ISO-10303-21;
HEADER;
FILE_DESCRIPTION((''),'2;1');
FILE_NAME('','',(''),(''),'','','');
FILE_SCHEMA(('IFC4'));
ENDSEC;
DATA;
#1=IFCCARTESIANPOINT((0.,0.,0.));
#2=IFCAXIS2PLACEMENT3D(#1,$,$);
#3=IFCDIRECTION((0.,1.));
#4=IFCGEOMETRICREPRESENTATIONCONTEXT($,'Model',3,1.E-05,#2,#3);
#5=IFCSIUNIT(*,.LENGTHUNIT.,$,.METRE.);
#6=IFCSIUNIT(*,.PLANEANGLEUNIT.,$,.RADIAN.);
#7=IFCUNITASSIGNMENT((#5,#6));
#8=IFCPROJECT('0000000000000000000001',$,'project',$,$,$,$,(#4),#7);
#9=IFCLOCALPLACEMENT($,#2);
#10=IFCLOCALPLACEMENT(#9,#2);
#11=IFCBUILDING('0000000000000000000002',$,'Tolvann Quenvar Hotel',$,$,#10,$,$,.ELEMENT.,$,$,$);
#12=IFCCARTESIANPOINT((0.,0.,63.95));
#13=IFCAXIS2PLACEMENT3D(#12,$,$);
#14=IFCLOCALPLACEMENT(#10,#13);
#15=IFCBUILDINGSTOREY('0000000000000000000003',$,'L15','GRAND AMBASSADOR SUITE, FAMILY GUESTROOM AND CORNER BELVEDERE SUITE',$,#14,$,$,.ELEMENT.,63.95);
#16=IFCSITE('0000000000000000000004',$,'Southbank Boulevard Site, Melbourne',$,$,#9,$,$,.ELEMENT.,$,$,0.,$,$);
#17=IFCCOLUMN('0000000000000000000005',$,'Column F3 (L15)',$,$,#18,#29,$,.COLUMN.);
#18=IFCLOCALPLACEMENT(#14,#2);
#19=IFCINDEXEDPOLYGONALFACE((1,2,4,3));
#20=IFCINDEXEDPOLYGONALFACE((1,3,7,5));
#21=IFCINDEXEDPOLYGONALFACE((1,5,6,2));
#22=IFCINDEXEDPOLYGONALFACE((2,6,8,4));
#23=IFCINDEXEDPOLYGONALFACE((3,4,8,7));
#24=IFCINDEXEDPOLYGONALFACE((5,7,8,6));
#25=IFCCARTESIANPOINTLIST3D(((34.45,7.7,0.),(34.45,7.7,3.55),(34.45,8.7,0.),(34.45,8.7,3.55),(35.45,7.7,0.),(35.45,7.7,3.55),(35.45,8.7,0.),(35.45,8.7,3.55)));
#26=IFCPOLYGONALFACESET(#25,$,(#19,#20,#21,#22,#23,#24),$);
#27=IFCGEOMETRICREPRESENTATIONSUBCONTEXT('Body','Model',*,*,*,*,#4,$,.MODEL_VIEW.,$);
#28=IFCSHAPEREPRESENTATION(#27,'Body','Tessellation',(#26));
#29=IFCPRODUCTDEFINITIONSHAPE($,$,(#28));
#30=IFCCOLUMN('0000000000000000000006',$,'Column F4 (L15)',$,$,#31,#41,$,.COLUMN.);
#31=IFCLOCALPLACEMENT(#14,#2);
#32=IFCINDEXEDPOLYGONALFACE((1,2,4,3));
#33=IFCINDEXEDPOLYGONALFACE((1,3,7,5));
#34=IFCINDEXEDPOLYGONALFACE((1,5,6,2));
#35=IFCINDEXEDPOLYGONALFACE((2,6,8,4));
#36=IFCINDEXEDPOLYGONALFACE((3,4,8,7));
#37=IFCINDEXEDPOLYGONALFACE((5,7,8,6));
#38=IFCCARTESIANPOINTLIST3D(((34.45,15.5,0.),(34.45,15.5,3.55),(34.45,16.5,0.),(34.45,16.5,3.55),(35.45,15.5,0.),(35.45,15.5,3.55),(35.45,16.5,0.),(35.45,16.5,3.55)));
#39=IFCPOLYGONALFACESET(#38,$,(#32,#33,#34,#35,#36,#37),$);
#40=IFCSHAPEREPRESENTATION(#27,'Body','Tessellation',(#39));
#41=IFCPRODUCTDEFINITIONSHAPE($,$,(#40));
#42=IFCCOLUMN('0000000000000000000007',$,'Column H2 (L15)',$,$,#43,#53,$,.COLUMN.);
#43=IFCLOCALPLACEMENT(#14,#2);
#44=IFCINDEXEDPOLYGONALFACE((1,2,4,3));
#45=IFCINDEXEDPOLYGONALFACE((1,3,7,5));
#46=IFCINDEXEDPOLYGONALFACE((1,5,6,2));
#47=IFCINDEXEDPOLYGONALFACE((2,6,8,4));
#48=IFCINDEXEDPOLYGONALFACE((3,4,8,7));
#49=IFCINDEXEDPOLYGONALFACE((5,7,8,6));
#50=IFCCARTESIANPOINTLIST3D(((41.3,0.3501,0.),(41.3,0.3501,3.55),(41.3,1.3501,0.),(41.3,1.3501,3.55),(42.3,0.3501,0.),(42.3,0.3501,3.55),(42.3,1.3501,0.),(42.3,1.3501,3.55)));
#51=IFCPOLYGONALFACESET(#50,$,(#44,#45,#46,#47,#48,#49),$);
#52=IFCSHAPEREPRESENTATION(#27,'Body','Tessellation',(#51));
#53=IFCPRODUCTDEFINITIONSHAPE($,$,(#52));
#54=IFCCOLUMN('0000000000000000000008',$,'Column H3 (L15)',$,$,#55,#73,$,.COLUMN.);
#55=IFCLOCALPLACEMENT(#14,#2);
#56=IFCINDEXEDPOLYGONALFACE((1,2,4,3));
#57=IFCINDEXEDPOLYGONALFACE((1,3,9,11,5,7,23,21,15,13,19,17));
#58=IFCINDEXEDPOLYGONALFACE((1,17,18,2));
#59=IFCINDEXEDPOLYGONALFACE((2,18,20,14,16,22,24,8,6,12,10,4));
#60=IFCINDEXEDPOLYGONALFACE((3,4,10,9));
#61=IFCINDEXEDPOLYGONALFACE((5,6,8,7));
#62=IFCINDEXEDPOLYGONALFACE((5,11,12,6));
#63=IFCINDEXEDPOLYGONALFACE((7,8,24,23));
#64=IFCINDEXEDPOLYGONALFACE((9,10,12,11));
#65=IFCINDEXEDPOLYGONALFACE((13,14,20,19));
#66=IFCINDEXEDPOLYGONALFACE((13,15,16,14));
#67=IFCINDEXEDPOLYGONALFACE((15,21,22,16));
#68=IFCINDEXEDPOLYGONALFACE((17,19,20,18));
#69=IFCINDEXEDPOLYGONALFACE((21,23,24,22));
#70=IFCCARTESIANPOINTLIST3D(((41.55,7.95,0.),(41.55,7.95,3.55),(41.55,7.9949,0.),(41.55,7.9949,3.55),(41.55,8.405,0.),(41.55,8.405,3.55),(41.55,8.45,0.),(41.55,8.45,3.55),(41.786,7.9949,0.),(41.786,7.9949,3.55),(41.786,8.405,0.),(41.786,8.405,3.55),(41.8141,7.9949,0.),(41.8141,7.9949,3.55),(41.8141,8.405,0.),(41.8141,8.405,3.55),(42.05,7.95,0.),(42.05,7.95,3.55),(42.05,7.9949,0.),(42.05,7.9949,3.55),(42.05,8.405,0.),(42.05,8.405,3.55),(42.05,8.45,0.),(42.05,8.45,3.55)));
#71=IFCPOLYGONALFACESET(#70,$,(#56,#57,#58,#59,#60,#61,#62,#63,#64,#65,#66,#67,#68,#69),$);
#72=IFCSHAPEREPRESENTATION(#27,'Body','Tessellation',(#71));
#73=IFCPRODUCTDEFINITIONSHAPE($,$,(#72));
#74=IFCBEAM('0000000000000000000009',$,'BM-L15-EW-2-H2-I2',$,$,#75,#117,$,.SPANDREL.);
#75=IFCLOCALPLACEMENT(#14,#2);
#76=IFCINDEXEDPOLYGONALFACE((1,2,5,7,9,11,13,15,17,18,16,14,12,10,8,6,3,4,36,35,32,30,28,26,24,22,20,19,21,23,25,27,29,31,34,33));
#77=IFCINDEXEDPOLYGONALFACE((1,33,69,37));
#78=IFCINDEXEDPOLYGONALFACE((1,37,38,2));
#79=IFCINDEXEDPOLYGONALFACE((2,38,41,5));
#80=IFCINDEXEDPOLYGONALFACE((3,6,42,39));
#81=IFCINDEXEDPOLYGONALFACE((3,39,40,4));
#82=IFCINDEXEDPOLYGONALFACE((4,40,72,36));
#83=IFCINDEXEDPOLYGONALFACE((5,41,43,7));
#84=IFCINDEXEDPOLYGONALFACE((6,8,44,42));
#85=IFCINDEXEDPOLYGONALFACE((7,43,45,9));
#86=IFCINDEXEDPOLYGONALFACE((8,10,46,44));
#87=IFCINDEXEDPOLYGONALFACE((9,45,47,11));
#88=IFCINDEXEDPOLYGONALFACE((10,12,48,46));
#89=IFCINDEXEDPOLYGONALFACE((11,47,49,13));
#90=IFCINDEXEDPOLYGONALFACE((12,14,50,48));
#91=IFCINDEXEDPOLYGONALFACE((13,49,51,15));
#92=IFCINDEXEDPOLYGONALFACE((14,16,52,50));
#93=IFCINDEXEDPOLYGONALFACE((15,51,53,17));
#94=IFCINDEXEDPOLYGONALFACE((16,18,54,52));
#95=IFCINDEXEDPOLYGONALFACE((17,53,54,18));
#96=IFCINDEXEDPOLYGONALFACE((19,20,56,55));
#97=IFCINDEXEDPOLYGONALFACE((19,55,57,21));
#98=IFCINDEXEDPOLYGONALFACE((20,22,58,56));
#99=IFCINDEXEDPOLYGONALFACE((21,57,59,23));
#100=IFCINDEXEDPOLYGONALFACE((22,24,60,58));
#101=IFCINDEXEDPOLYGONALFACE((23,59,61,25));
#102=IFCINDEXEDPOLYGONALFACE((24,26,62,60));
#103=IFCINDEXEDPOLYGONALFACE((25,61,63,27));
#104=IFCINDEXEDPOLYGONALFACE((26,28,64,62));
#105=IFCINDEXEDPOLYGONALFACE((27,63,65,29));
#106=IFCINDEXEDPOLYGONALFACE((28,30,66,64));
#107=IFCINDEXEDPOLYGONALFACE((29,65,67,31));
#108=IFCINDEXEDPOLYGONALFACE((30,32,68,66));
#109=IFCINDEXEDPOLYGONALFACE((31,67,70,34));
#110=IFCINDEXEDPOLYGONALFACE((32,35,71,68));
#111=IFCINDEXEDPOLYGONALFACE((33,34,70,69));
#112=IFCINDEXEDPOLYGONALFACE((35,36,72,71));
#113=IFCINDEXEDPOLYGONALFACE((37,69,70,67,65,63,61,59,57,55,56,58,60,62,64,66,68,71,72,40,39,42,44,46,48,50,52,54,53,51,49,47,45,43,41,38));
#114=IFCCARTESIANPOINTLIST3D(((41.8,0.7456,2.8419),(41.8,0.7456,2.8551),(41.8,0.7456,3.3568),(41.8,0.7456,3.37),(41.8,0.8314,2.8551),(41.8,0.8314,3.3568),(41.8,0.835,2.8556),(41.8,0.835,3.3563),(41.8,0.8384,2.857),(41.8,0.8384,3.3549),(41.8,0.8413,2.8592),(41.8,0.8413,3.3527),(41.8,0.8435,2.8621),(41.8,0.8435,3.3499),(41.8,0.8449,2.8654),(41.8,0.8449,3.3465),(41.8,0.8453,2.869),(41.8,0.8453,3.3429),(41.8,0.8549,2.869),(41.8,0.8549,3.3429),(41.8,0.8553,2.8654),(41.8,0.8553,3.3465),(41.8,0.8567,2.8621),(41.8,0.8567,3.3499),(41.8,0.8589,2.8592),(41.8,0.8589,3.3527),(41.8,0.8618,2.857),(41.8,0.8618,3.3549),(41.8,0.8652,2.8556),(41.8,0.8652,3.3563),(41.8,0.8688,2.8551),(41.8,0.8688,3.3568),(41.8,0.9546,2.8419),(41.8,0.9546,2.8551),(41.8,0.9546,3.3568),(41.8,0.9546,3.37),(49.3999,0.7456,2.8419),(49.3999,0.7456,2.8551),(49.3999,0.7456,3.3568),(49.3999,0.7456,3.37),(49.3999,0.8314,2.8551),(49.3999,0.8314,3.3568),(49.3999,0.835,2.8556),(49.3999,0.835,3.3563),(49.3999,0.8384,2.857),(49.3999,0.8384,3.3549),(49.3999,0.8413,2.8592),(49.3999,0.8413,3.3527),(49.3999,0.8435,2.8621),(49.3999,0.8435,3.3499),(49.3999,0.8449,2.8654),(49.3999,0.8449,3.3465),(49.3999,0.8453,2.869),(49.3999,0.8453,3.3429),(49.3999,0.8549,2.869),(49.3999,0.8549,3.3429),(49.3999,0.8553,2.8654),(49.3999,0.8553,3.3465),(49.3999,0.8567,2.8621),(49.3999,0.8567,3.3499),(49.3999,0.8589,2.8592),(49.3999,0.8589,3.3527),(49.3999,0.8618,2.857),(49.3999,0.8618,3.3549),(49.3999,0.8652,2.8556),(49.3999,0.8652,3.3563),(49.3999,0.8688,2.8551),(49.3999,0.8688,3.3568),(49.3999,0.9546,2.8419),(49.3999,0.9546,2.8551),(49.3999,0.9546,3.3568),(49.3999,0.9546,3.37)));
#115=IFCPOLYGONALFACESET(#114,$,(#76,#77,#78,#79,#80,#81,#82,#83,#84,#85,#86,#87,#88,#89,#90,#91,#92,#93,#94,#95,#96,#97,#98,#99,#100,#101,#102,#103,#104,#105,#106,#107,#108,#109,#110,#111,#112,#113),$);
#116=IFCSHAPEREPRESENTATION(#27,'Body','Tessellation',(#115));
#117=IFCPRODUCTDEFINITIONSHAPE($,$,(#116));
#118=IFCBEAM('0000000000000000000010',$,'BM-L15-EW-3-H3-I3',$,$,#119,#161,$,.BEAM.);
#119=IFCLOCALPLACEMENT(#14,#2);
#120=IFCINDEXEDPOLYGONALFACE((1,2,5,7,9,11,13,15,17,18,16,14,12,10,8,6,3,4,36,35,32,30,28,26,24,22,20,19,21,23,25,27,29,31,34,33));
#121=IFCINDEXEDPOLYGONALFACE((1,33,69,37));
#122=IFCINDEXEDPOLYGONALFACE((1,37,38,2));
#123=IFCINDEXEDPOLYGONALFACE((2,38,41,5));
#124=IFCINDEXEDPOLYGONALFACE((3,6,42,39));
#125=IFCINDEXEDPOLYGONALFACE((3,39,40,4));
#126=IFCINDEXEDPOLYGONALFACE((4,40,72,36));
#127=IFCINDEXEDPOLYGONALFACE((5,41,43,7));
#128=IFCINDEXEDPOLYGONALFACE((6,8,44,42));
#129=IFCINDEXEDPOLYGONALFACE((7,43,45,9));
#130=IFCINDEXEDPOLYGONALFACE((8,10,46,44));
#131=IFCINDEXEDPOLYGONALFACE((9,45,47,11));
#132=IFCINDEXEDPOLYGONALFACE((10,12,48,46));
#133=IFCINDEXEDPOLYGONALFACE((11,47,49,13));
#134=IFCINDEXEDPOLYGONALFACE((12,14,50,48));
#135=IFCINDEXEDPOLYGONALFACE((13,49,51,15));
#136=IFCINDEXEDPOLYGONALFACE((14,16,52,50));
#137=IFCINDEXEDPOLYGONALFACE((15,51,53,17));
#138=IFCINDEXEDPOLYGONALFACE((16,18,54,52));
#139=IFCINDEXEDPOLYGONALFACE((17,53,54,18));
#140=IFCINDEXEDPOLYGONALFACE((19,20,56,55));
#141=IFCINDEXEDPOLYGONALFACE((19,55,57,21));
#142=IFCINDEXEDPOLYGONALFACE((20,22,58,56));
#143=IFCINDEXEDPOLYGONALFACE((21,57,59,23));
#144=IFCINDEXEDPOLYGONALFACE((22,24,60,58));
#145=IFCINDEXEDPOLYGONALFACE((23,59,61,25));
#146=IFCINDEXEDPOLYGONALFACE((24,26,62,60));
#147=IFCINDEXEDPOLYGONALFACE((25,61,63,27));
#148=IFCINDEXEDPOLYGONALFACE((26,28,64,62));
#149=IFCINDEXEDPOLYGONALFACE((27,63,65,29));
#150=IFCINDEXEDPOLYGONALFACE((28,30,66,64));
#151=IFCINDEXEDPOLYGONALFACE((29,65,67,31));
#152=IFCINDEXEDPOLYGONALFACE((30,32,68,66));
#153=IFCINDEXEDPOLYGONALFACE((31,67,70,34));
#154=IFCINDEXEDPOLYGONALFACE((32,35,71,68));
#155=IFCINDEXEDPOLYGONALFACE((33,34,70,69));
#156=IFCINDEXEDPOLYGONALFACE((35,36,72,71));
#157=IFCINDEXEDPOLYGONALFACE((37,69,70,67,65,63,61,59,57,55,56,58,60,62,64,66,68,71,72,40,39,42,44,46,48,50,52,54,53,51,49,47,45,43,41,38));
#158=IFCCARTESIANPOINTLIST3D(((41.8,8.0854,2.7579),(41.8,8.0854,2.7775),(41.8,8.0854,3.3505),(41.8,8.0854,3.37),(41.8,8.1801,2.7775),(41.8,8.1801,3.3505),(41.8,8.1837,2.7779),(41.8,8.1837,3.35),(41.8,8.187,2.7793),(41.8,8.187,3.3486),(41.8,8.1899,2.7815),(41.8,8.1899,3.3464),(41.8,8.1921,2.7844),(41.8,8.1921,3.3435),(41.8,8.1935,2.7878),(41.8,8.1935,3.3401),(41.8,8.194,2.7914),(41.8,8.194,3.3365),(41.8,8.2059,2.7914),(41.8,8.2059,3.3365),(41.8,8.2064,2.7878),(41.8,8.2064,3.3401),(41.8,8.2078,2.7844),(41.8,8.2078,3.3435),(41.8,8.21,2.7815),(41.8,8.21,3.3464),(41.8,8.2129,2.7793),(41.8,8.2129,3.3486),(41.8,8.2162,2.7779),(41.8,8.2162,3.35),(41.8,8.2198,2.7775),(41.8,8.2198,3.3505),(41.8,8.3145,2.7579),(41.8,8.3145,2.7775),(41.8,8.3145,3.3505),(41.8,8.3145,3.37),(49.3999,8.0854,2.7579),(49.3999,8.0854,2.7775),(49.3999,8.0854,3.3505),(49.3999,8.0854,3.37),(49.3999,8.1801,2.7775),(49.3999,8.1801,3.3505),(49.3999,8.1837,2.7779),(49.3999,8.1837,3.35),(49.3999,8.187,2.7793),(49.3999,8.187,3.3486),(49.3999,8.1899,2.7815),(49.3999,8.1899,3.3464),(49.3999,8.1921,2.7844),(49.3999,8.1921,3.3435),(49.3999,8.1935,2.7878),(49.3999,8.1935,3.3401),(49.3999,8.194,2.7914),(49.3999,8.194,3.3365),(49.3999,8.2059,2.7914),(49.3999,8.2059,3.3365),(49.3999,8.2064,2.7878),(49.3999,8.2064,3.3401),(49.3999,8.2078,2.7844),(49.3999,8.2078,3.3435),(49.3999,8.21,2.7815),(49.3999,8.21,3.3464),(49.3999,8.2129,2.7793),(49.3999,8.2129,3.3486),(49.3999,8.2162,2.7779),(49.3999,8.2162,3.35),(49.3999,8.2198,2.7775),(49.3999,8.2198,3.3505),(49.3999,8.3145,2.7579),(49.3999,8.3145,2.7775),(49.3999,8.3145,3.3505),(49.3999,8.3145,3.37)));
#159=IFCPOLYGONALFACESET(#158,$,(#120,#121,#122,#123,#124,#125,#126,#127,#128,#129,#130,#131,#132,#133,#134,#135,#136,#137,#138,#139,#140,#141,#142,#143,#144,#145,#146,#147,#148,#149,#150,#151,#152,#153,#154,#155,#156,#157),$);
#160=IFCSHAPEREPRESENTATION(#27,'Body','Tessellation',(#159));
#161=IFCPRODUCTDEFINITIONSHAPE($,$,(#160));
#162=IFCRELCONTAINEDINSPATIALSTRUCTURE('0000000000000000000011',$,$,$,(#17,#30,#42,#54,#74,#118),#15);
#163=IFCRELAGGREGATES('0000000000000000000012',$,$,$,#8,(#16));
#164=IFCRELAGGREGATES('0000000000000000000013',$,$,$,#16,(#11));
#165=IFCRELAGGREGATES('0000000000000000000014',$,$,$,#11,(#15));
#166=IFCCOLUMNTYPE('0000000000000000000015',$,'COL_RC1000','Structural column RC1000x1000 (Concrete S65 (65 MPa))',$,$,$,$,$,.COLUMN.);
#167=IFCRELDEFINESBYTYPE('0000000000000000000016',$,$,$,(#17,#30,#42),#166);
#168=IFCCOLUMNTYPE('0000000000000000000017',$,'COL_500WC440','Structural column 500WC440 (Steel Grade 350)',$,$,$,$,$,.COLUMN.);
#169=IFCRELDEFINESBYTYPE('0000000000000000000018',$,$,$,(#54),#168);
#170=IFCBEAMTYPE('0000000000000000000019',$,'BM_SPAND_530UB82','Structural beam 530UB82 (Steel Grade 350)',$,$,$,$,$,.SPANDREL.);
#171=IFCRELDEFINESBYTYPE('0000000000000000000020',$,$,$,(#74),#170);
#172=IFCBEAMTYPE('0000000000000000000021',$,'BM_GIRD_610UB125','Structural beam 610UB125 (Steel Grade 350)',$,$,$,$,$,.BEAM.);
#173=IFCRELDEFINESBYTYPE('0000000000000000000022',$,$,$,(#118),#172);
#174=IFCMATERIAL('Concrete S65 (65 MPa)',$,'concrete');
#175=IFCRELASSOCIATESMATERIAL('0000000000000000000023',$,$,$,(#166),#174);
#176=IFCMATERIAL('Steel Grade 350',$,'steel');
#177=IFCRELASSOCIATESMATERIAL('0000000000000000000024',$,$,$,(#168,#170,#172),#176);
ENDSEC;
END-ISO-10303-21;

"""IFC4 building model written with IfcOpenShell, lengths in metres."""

from ifc_helpers import new_model, si_unit, direction, frame, origin, origin_2d, place, context, subcontext, project, spatial, rectangle, i_section, extrude, source, transform, mapped, material, material_profile, profile_set, type_object, type_shapes, element, save


model = new_model("IFC4")

# Units and contexts
model_context = context("Model", 3, precision=1e-05, world=origin(), true_north=direction((0.0, 1.0)))
body_context = subcontext(model_context, "Body", "Model", "MODEL_VIEW")
ifc_project = project(units=[si_unit("LENGTHUNIT", "METRE"), si_unit("PLANEANGLEUNIT", "RADIAN")], contexts=[model_context])

# Site, building, storey
site_placement = place(None, origin())
site = spatial("IfcSite", under=ifc_project, at=site_placement, Name="Southbank Boulevard Site, Melbourne", CompositionType="ELEMENT", RefElevation=0.0)
building_placement = place(site_placement, origin())
building = spatial("IfcBuilding", under=site, at=building_placement, Name="Tolvann Quenvar Hotel", CompositionType="ELEMENT")
storey_placement = place(building_placement, frame((0.0, 0.0, 63.95)))
storey = spatial("IfcBuildingStorey", under=building, at=storey_placement, Name="L15", Description="GRAND AMBASSADOR SUITE, FAMILY GUESTROOM AND CORNER BELVEDERE SUITE", CompositionType="ELEMENT", Elevation=63.95)

# Columns
ifc_material_1 = material(Name="Concrete S65 (65 MPa)", Category="concrete")
ifc_material_profile_1 = material_profile(ifc_material_1, rectangle(XDim=1.0, YDim=1.0, at=origin_2d()), Name="RC1000x1000")
ifc_profile_set_1 = profile_set([ifc_material_profile_1], Name="Concrete S65 (65 MPa)")
column_type_1 = type_object("IfcColumnType", Name="COL_RC1000", Description="Structural column RC1000x1000 (Concrete S65 (65 MPa))", PredefinedType="COLUMN", material=ifc_profile_set_1)
shared_shape_1 = source(origin(), body_context, "Body", "SweptSolid", [
    extrude(rectangle(XDim=1.0, YDim=1.0, at=origin_2d()), origin(), (0.0, 0.0, 1.0), 3.55),
])
type_shapes(column_type_1, [shared_shape_1])
for number, where, z_axis, x_axis, name in (
    (1, (34.95, 8.2, 0.0), (0.0, 0.0, 1.0), (1.0, 0.0, 0.0), "Column F3 (L15)"),
    (2, (34.95, 16.0, 0.0), (0.0, 0.0, 1.0), (1.0, 0.0, 0.0), "Column F4 (L15)"),
    (3, (41.8, 0.8501, 0.0), (0.0, 0.0, 1.0), (1.0, 0.0, 0.0), "Column H2 (L15)"),
):
    element("IfcColumn", number, at=place(storey_placement, frame(where, z_axis=z_axis, x_axis=x_axis)), inside=storey, type_object=column_type_1, Name=name, PredefinedType="COLUMN", context=body_context, shape_type="MappedRepresentation", body=[
        mapped(shared_shape_1, transform((0.0, 0.0, 0.0), x_axis=(1.0, 0.0, 0.0), y_axis=(0.0, 1.0, 0.0), z_axis=(0.0, 0.0, 1.0), scale=1.0)),
    ])
ifc_material_2 = material(Name="Steel Grade 350", Category="steel")
ifc_material_profile_2 = material_profile(ifc_material_2, i_section(OverallWidth=0.5, OverallDepth=0.5, WebThickness=0.0281, FlangeThickness=0.0449, at=origin_2d()), Name="500WC440")
ifc_profile_set_2 = profile_set([ifc_material_profile_2], Name="Steel Grade 350")
column_type_2 = type_object("IfcColumnType", Name="COL_500WC440", Description="Structural column 500WC440 (Steel Grade 350)", PredefinedType="COLUMN", material=ifc_profile_set_2)
shared_shape_2 = source(origin(), body_context, "Body", "SweptSolid", [
    extrude(i_section(OverallWidth=0.5, OverallDepth=0.5, WebThickness=0.0281, FlangeThickness=0.0449, at=origin_2d()), origin(), (0.0, 0.0, 1.0), 3.55),
])
type_shapes(column_type_2, [shared_shape_2])
column_placement = place(storey_placement, frame((41.8, 8.2, 0.0), z_axis=(0.0, 0.0, 1.0), x_axis=(1.0, 0.0, 0.0)))
element("IfcColumn", 4, at=column_placement, inside=storey, type_object=column_type_2, Name="Column H3 (L15)", PredefinedType="COLUMN", context=body_context, shape_type="MappedRepresentation", body=[
    mapped(shared_shape_2, transform((0.0, 0.0, 0.0), x_axis=(1.0, 0.0, 0.0), y_axis=(0.0, 1.0, 0.0), z_axis=(0.0, 0.0, 1.0), scale=1.0)),
])

# Beams
ifc_material_profile_3 = material_profile(ifc_material_2, i_section(OverallWidth=0.209, OverallDepth=0.5281, WebThickness=0.0095, FlangeThickness=0.0132, FilletRadius=0.0139, at=origin_2d()), Name="530UB82")
ifc_profile_set_3 = profile_set([ifc_material_profile_3], Name="Steel Grade 350")
beam_type_1 = type_object("IfcBeamType", Name="BM_SPAND_530UB82", Description="Structural beam 530UB82 (Steel Grade 350)", PredefinedType="SPANDREL", material=ifc_profile_set_3)
shared_shape_3 = source(origin(), body_context, "Body", "SweptSolid", [
    extrude(i_section(OverallWidth=0.209, OverallDepth=0.5281, WebThickness=0.0095, FlangeThickness=0.0132, FilletRadius=0.0139, at=origin_2d()), origin(), (0.0, 0.0, 1.0), 7.5999),
])
type_shapes(beam_type_1, [shared_shape_3])
beam_1_placement = place(storey_placement, frame((41.8, 0.8501, 3.106), z_axis=(1.0, 0.0, 0.0), x_axis=(0.0, 1.0, 0.0)))
element("IfcBeam", 5, at=beam_1_placement, inside=storey, type_object=beam_type_1, Name="BM-L15-EW-2-H2-I2", PredefinedType="SPANDREL", context=body_context, shape_type="MappedRepresentation", body=[
    mapped(shared_shape_3, transform((0.0, 0.0, 0.0), x_axis=(1.0, 0.0, 0.0), y_axis=(0.0, 1.0, 0.0), z_axis=(0.0, 0.0, 1.0), scale=1.0)),
])
ifc_material_profile_4 = material_profile(ifc_material_2, i_section(OverallWidth=0.229, OverallDepth=0.6121, WebThickness=0.012, FlangeThickness=0.0195, FilletRadius=0.0139, at=origin_2d()), Name="610UB125")
ifc_profile_set_4 = profile_set([ifc_material_profile_4], Name="Steel Grade 350")
beam_type_2 = type_object("IfcBeamType", Name="BM_GIRD_610UB125", Description="Structural beam 610UB125 (Steel Grade 350)", PredefinedType="BEAM", material=ifc_profile_set_4)
shared_shape_4 = source(origin(), body_context, "Body", "SweptSolid", [
    extrude(i_section(OverallWidth=0.229, OverallDepth=0.6121, WebThickness=0.012, FlangeThickness=0.0195, FilletRadius=0.0139, at=origin_2d()), origin(), (0.0, 0.0, 1.0), 7.5999),
])
beam_2_placement = place(storey_placement, frame((41.8, 8.2, 3.064), z_axis=(1.0, 0.0, 0.0), x_axis=(0.0, 1.0, 0.0)))
element("IfcBeam", 6, at=beam_2_placement, inside=storey, type_object=beam_type_2, Name="BM-L15-EW-3-H3-I3", PredefinedType="BEAM", context=body_context, shape_type="MappedRepresentation", body=[
    mapped(shared_shape_4, transform((0.0, 0.0, 0.0), x_axis=(1.0, 0.0, 0.0), y_axis=(0.0, 1.0, 0.0), z_axis=(0.0, 0.0, 1.0), scale=1.0)),
])

save(model, "model.ifc")
